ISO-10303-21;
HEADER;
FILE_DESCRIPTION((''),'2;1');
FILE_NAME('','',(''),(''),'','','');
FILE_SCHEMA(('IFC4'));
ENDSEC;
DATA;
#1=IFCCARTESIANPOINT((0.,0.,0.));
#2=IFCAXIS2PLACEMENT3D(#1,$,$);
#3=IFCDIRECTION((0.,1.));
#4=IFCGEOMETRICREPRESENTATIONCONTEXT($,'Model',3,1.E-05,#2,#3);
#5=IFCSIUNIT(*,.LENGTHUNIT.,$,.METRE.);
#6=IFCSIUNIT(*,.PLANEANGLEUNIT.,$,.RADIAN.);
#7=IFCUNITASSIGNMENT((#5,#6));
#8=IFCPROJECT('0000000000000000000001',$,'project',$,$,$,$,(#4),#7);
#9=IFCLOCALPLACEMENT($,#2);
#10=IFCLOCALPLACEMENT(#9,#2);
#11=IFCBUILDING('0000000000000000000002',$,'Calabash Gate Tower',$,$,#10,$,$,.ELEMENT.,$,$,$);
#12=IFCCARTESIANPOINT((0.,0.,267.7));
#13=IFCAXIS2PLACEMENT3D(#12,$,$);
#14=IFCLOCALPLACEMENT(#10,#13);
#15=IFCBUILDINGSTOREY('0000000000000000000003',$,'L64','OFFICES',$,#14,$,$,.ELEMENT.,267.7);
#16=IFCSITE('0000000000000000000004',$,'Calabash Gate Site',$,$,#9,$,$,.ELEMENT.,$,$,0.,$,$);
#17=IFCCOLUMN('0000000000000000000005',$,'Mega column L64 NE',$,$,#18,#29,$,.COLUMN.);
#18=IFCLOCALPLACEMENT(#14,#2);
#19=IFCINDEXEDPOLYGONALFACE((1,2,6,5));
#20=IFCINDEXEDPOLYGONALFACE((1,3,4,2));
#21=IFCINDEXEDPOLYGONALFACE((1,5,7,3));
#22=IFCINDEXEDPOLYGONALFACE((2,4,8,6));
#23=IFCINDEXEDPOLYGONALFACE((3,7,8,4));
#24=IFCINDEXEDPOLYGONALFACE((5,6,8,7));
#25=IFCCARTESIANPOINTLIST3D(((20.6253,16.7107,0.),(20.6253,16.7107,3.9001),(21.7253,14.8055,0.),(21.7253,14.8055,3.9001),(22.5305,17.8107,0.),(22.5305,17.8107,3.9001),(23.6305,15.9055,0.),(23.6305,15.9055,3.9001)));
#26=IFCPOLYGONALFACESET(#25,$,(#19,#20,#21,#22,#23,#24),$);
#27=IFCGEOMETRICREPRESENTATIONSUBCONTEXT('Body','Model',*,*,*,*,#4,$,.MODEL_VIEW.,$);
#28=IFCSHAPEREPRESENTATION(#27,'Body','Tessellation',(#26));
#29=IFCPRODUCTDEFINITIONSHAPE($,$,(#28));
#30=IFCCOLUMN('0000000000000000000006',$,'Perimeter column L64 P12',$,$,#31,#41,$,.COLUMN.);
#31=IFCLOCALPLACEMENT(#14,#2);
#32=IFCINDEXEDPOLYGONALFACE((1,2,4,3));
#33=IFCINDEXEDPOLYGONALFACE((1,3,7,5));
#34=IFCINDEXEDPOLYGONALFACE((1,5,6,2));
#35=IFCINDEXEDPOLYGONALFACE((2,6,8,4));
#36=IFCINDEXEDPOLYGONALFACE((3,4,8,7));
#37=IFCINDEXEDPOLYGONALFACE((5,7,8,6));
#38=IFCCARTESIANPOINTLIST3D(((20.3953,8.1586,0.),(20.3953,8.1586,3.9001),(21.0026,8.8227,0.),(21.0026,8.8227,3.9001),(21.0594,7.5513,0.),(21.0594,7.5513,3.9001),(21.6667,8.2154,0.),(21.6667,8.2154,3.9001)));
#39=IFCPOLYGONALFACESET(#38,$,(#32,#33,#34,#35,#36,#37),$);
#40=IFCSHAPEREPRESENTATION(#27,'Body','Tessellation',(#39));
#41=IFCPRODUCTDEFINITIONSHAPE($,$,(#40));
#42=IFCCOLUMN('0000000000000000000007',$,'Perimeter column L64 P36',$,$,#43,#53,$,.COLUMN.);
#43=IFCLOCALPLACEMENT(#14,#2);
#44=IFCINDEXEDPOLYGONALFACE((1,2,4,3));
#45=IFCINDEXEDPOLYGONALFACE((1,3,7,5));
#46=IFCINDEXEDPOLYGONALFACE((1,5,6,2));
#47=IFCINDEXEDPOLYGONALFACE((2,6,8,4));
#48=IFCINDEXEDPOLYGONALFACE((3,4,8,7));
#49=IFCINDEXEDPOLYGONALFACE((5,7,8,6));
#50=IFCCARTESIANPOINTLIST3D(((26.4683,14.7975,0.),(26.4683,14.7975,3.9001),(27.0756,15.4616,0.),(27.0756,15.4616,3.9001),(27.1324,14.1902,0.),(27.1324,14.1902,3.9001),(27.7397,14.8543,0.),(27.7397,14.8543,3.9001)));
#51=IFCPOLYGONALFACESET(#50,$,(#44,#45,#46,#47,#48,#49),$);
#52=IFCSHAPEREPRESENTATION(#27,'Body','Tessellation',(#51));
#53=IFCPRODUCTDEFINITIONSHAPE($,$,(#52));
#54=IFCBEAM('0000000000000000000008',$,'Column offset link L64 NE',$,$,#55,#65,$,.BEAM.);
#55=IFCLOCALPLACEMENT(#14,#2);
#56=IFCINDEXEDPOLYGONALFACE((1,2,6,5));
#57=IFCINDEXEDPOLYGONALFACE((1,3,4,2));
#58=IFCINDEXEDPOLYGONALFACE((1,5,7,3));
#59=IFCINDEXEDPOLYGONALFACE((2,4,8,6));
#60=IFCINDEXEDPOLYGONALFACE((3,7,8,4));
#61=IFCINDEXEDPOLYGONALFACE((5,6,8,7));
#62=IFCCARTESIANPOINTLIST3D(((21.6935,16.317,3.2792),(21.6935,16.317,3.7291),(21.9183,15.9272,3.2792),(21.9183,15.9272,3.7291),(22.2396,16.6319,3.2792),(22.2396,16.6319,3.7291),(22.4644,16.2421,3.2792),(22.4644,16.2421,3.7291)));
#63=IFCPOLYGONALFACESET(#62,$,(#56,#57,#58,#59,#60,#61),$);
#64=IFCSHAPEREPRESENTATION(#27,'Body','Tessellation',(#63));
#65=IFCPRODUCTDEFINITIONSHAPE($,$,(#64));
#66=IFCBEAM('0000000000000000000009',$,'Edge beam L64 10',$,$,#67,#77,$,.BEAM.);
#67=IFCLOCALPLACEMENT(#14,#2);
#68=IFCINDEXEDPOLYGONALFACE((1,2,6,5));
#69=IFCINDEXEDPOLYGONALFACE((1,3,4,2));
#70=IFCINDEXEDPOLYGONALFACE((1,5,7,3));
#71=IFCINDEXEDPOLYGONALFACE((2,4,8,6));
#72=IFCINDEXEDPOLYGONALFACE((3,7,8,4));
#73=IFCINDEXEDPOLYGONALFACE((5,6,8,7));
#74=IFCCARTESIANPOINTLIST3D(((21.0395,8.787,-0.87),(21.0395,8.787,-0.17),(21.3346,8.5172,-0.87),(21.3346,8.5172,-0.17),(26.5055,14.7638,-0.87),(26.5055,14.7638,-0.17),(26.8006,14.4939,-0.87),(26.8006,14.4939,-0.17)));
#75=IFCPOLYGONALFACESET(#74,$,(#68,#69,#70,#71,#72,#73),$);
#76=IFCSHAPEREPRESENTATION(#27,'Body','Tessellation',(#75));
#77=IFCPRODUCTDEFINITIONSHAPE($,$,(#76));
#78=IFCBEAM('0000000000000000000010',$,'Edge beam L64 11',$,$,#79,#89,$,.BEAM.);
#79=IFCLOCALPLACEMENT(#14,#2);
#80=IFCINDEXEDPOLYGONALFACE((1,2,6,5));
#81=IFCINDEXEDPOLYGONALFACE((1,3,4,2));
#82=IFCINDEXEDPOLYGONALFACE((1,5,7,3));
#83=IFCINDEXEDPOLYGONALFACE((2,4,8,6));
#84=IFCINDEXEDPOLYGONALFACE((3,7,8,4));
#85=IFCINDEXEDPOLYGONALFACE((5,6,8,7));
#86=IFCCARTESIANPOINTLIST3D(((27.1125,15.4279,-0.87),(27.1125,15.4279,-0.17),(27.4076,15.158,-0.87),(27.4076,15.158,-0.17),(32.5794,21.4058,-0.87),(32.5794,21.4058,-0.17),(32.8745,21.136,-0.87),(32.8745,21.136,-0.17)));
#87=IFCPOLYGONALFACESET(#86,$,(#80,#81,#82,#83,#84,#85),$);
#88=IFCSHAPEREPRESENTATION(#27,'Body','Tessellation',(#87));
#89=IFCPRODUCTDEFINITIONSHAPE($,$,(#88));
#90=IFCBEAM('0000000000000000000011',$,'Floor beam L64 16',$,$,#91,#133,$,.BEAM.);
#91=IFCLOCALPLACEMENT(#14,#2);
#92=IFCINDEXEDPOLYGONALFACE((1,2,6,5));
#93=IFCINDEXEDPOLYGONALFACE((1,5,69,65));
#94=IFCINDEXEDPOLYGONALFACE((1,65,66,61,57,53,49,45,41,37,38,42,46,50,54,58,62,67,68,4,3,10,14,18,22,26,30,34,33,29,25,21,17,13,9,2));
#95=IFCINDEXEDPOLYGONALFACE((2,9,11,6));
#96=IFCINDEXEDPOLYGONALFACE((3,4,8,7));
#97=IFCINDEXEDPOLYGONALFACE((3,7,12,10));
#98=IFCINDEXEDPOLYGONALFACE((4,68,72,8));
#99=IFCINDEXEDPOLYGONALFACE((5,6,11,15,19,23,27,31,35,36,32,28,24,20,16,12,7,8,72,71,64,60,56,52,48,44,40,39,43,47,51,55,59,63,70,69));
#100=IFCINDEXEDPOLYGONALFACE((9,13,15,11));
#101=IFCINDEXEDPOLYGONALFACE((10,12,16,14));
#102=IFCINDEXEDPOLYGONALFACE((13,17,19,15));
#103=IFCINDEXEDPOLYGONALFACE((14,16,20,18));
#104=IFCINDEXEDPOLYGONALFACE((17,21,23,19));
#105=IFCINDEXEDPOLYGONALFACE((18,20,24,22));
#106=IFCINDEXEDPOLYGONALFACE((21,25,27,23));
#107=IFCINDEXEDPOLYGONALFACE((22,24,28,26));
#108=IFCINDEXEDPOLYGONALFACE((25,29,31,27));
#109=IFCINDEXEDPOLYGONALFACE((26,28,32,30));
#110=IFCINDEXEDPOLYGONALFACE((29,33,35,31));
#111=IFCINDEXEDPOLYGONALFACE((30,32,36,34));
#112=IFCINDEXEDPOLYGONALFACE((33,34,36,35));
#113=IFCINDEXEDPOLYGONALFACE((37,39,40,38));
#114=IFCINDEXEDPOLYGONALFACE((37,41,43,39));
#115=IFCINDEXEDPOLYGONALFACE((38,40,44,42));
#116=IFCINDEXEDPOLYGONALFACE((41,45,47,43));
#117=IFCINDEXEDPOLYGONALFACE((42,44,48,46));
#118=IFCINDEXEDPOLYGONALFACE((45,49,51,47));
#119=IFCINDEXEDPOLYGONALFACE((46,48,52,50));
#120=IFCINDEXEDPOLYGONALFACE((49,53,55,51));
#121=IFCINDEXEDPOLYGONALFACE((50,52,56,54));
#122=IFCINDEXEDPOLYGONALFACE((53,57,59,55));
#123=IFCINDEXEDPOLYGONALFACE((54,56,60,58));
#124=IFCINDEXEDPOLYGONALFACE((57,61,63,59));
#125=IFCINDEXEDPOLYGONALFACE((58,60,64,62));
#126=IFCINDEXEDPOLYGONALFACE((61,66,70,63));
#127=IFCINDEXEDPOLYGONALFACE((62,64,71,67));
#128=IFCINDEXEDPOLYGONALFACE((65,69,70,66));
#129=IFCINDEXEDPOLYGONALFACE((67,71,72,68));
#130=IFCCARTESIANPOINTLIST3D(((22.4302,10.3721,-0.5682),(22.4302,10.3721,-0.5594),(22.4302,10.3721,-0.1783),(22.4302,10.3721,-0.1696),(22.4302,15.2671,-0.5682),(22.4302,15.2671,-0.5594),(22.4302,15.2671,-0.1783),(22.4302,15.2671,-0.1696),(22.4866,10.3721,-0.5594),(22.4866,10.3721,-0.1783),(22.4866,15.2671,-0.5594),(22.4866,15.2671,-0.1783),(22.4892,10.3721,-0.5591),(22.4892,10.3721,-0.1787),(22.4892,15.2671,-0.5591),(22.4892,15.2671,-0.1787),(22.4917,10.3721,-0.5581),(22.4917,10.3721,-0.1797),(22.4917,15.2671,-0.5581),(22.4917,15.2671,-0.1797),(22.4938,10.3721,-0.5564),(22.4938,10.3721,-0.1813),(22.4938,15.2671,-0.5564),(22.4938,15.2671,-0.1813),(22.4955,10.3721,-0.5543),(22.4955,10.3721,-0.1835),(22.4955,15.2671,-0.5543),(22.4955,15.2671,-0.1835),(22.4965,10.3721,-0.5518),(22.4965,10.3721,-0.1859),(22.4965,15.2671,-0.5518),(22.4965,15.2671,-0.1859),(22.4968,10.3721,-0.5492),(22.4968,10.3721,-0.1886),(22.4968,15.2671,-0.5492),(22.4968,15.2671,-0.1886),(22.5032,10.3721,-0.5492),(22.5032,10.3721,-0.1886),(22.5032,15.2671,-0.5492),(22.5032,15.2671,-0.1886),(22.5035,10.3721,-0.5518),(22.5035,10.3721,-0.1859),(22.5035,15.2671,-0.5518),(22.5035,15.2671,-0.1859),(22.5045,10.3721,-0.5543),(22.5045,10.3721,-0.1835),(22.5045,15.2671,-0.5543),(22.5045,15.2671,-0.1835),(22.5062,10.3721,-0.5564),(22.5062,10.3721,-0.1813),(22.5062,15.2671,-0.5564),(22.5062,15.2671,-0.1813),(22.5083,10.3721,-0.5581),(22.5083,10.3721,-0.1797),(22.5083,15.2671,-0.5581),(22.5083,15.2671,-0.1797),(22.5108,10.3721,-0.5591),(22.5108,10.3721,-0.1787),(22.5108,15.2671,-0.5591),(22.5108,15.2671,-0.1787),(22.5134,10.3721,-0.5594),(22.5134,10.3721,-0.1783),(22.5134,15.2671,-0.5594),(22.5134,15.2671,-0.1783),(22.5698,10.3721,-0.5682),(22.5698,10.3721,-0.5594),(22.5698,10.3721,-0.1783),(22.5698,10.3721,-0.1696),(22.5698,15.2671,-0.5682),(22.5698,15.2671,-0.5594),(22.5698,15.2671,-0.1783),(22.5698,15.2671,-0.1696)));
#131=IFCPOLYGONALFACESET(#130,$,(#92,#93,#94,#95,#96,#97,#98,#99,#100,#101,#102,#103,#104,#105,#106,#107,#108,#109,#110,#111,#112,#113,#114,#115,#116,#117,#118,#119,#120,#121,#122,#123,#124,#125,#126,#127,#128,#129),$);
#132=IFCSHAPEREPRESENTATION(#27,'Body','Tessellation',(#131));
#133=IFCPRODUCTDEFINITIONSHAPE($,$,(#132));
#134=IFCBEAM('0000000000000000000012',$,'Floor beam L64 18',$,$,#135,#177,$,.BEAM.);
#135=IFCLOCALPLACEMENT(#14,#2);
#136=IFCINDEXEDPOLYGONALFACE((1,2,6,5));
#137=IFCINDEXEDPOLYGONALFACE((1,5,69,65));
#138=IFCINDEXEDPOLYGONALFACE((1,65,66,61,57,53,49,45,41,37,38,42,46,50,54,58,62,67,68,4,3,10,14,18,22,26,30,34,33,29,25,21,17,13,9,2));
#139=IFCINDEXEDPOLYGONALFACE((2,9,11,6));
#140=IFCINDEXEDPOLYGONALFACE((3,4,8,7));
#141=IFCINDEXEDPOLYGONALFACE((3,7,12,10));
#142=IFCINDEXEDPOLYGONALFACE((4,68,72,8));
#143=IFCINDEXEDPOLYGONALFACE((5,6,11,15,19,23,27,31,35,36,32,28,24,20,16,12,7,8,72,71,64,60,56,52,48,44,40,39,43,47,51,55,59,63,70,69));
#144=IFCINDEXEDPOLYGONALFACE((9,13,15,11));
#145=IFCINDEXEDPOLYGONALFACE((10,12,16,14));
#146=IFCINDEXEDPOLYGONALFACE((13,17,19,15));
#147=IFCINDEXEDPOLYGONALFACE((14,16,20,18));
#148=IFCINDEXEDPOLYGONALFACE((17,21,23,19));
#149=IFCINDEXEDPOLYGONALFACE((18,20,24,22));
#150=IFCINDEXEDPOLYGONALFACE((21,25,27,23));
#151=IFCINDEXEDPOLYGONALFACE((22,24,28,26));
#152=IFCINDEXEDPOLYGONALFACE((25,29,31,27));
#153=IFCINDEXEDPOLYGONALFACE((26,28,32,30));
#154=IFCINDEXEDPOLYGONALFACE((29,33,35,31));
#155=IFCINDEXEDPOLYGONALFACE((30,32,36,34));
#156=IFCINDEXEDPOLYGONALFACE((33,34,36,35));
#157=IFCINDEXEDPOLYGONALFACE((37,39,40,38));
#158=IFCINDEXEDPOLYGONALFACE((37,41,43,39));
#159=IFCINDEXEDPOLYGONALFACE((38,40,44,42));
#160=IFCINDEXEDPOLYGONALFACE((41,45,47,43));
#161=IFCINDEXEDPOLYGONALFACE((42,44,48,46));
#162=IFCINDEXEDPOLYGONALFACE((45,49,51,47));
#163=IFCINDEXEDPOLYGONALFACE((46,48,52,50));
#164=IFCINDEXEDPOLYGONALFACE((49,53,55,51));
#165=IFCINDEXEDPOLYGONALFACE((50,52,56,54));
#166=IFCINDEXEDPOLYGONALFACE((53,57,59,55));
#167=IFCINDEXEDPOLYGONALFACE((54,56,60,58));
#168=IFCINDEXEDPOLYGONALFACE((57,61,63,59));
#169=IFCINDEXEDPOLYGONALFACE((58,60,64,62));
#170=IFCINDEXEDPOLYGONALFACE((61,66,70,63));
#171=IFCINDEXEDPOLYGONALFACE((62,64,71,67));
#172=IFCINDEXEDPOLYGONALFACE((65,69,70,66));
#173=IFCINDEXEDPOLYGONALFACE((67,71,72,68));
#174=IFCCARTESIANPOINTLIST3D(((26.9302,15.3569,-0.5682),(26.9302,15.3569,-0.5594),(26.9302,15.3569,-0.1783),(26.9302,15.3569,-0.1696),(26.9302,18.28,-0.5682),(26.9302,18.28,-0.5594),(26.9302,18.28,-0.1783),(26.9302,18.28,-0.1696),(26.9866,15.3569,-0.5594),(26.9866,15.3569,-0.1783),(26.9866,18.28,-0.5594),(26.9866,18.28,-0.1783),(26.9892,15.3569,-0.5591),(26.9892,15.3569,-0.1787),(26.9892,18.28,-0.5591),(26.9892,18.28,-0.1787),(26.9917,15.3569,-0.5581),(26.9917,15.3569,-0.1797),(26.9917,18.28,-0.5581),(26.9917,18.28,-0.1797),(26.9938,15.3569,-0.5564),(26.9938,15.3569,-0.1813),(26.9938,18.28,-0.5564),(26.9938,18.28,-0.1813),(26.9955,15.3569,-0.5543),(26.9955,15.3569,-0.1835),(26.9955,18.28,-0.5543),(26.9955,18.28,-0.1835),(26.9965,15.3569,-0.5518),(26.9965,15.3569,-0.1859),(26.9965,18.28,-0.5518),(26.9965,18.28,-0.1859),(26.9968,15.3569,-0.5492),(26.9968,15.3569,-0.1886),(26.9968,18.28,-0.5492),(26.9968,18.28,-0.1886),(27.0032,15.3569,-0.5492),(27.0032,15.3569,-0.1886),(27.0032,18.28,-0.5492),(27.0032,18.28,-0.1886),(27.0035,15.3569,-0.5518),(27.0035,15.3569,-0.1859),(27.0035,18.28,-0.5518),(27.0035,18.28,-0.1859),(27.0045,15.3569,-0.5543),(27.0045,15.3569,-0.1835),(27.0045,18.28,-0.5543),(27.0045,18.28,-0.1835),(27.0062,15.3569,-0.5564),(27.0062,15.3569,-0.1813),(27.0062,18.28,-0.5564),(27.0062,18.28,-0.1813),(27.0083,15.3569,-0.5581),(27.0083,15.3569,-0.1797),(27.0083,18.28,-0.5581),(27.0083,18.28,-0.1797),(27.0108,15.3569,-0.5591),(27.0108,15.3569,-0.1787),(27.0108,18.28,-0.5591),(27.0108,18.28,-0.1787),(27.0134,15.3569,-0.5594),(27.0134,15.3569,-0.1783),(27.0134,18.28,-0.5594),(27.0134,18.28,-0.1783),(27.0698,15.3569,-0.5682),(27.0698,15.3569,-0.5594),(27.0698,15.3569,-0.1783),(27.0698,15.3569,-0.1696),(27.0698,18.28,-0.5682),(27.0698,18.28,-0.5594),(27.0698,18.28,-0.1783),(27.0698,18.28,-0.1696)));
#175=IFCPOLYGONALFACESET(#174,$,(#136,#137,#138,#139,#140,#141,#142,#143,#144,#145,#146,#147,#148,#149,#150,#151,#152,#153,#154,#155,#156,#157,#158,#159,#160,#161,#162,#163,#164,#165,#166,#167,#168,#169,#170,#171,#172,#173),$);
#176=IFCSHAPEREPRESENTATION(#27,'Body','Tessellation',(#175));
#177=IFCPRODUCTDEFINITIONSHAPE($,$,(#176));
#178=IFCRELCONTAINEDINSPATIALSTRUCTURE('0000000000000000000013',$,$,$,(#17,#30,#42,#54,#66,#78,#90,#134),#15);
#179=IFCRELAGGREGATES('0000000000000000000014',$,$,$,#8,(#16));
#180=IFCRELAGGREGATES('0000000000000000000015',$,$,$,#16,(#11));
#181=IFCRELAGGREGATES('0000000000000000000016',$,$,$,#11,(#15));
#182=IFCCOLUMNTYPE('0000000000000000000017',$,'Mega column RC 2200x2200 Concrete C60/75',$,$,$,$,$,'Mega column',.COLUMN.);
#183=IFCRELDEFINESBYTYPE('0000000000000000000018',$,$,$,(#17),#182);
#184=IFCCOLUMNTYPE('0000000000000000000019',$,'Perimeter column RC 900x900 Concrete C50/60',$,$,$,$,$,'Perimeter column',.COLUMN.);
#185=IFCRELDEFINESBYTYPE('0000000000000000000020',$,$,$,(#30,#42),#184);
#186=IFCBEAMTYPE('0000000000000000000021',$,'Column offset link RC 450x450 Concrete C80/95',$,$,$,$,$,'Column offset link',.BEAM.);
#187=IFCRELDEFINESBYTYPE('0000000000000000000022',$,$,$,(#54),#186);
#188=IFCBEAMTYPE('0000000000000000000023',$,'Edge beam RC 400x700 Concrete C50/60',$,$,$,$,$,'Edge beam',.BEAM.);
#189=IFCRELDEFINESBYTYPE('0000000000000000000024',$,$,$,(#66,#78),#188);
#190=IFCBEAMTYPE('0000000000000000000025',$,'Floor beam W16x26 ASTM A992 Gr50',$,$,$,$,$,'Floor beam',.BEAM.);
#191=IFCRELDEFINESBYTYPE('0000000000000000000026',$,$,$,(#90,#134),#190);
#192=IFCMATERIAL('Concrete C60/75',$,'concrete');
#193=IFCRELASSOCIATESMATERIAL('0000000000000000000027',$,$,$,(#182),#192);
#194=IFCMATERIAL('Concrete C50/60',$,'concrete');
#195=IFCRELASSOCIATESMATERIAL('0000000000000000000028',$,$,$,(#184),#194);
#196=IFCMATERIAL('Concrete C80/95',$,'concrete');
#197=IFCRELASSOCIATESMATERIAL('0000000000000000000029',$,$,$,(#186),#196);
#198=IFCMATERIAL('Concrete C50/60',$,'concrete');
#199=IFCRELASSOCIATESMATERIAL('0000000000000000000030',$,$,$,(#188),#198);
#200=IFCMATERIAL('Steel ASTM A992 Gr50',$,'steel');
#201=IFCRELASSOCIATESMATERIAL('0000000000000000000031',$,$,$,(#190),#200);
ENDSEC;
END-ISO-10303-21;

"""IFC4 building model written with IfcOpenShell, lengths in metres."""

from ifc_helpers import new_model, si_unit, direction, frame, origin, origin_2d, place, context, subcontext, project, spatial, rectangle, i_section, extrude, material, material_profile, profile_set, type_object, element, save


model = new_model("IFC4")

# Units and contexts
model_context = context("Model", 3, precision=1e-05, world=origin(), true_north=direction((0.0, 1.0)))
body_context = subcontext(model_context, "Body", "Model", "MODEL_VIEW")
ifc_project = project(units=[si_unit("LENGTHUNIT", "METRE"), si_unit("PLANEANGLEUNIT", "RADIAN")], contexts=[model_context])

# Site, building, storey
site_placement = place(None, origin())
site = spatial("IfcSite", under=ifc_project, at=site_placement, Name="Calabash Gate Site", CompositionType="ELEMENT", RefElevation=0.0)
building_placement = place(site_placement, origin())
building = spatial("IfcBuilding", under=site, at=building_placement, Name="Calabash Gate Tower", CompositionType="ELEMENT")
storey_placement = place(building_placement, frame((0.0, 0.0, 267.7)))
storey = spatial("IfcBuildingStorey", under=building, at=storey_placement, Name="L64", Description="OFFICES", CompositionType="ELEMENT", Elevation=267.7)

# Columns
ifc_material_1 = material(Name="Concrete C60/75", Category="concrete")
ifc_material_profile_1 = material_profile(ifc_material_1, rectangle(XDim=2.2, YDim=2.2, at=origin_2d()))
ifc_profile_set_1 = profile_set([ifc_material_profile_1], Name="Concrete C60/75")
column_type_1 = type_object("IfcColumnType", Name="Mega column RC 2200x2200 Concrete C60/75", ElementType="Mega column", PredefinedType="COLUMN", material=ifc_profile_set_1)
column_placement = place(storey_placement, frame((22.1279, 16.3081, 0.0), z_axis=(0.0, 0.0, 1.0), x_axis=(-0.866025, -0.5, 0.0)))
element("IfcColumn", 1, at=column_placement, inside=storey, type_object=column_type_1, Name="Mega column L64 NE", PredefinedType="COLUMN", context=body_context, shape_type="SweptSolid", body=[
    extrude(rectangle(XDim=2.2, YDim=2.2, at=origin_2d()), origin(), (0.0, 0.0, 1.0), 3.9001),
])
ifc_material_2 = material(Name="Concrete C50/60", Category="concrete")
ifc_material_profile_2 = material_profile(ifc_material_2, rectangle(XDim=0.8999, YDim=0.8999, at=origin_2d()))
ifc_profile_set_2 = profile_set([ifc_material_profile_2], Name="Concrete C50/60")
column_type_2 = type_object("IfcColumnType", Name="Perimeter column RC 900x900 Concrete C50/60", ElementType="Perimeter column", PredefinedType="COLUMN", material=ifc_profile_set_2)
for number, where, z_axis, x_axis, name in (
    (2, (21.031, 8.187, 0.0), (0.0, 0.0, 1.0), (0.674856, 0.737949, 0.0), "Perimeter column L64 P12"),
    (3, (27.104, 14.8259, 0.0), (0.0, 0.0, 1.0), (0.674856, 0.737949, 0.0), "Perimeter column L64 P36"),
):
    element("IfcColumn", number, at=place(storey_placement, frame(where, z_axis=z_axis, x_axis=x_axis)), inside=storey, type_object=column_type_2, Name=name, PredefinedType="COLUMN", context=body_context, shape_type="SweptSolid", body=[
        extrude(rectangle(XDim=0.8999, YDim=0.8999, at=origin_2d()), origin(), (0.0, 0.0, 1.0), 3.9001),
    ])

# Beams
ifc_material_3 = material(Name="Concrete C80/95", Category="concrete")
ifc_material_profile_3 = material_profile(ifc_material_3, rectangle(XDim=0.45, YDim=0.45, at=origin_2d()))
ifc_profile_set_3 = profile_set([ifc_material_profile_3], Name="Concrete C80/95")
beam_type_1 = type_object("IfcBeamType", Name="Column offset link RC 450x450 Concrete C80/95", ElementType="Column offset link", PredefinedType="BEAM", material=ifc_profile_set_3)
beam_1_placement = place(storey_placement, frame((21.8059, 16.1221, 3.5042), z_axis=(0.866282, 0.499555, 0.0), x_axis=(-0.499555, 0.866282, 0.0)))
element("IfcBeam", 4, at=beam_1_placement, inside=storey, type_object=beam_type_1, Name="Column offset link L64 NE", PredefinedType="BEAM", context=body_context, shape_type="SweptSolid", body=[
    extrude(rectangle(XDim=0.45, YDim=0.45, at=origin_2d()), origin(), (0.0, 0.0, 1.0), 0.6304),
])
ifc_material_4 = material(Name="Concrete C50/60", Category="concrete")
ifc_material_profile_4 = material_profile(ifc_material_4, rectangle(XDim=0.3999, YDim=0.7, at=origin_2d()))
ifc_profile_set_4 = profile_set([ifc_material_profile_4], Name="Concrete C50/60")
beam_type_2 = type_object("IfcBeamType", Name="Edge beam RC 400x700 Concrete C50/60", ElementType="Edge beam", PredefinedType="BEAM", material=ifc_profile_set_4)
beam_2_placement = place(storey_placement, frame((21.187, 8.6521, -0.52), z_axis=(0.674874, 0.737933, 0.0), x_axis=(-0.737933, 0.674874, 0.0)))
element("IfcBeam", 5, at=beam_2_placement, inside=storey, type_object=beam_type_2, Name="Edge beam L64 10", PredefinedType="BEAM", context=body_context, shape_type="SweptSolid", body=[
    extrude(rectangle(XDim=0.3999, YDim=0.7, at=origin_2d()), origin(), (0.0, 0.0, 1.0), 8.0994),
])
beam_3_placement = place(storey_placement, frame((27.26, 15.293, -0.52), z_axis=(0.674864, 0.737942, 0.0), x_axis=(-0.737942, 0.674864, 0.0)))
element("IfcBeam", 6, at=beam_3_placement, inside=storey, type_object=beam_type_2, Name="Edge beam L64 11", PredefinedType="BEAM", context=body_context, shape_type="SweptSolid", body=[
    extrude(rectangle(XDim=0.3999, YDim=0.7, at=origin_2d()), origin(), (0.0, 0.0, 1.0), 8.1008),
])
ifc_material_5 = material(Name="Steel ASTM A992 Gr50", Category="steel")
ifc_material_profile_5 = material_profile(ifc_material_5, i_section(OverallWidth=0.1396, OverallDepth=0.3987, WebThickness=0.0063, FlangeThickness=0.0088, FilletRadius=0.0103, at=origin_2d()))
ifc_profile_set_5 = profile_set([ifc_material_profile_5], Name="Steel ASTM A992 Gr50")
beam_type_3 = type_object("IfcBeamType", Name="Floor beam W16x26 ASTM A992 Gr50", ElementType="Floor beam", PredefinedType="BEAM", material=ifc_profile_set_5)
beam_4_placement = place(storey_placement, frame((22.5, 10.3721, -0.3689), z_axis=(0.0, 1.0, 0.0), x_axis=(-1.0, 0.0, 0.0)))
element("IfcBeam", 7, at=beam_4_placement, inside=storey, type_object=beam_type_3, Name="Floor beam L64 16", PredefinedType="BEAM", context=body_context, shape_type="SweptSolid", body=[
    extrude(i_section(OverallWidth=0.1396, OverallDepth=0.3987, WebThickness=0.0063, FlangeThickness=0.0088, FilletRadius=0.0103, at=origin_2d()), origin(), (0.0, 0.0, 1.0), 4.895),
])
beam_5_placement = place(storey_placement, frame((27.0, 15.3569, -0.3689), z_axis=(0.0, 1.0, 0.0), x_axis=(-1.0, 0.0, 0.0)))
element("IfcBeam", 8, at=beam_5_placement, inside=storey, type_object=beam_type_3, Name="Floor beam L64 18", PredefinedType="BEAM", context=body_context, shape_type="SweptSolid", body=[
    extrude(i_section(OverallWidth=0.1396, OverallDepth=0.3987, WebThickness=0.0063, FlangeThickness=0.0088, FilletRadius=0.0103, at=origin_2d()), origin(), (0.0, 0.0, 1.0), 2.9231),
])

save(model, "model.ifc")
